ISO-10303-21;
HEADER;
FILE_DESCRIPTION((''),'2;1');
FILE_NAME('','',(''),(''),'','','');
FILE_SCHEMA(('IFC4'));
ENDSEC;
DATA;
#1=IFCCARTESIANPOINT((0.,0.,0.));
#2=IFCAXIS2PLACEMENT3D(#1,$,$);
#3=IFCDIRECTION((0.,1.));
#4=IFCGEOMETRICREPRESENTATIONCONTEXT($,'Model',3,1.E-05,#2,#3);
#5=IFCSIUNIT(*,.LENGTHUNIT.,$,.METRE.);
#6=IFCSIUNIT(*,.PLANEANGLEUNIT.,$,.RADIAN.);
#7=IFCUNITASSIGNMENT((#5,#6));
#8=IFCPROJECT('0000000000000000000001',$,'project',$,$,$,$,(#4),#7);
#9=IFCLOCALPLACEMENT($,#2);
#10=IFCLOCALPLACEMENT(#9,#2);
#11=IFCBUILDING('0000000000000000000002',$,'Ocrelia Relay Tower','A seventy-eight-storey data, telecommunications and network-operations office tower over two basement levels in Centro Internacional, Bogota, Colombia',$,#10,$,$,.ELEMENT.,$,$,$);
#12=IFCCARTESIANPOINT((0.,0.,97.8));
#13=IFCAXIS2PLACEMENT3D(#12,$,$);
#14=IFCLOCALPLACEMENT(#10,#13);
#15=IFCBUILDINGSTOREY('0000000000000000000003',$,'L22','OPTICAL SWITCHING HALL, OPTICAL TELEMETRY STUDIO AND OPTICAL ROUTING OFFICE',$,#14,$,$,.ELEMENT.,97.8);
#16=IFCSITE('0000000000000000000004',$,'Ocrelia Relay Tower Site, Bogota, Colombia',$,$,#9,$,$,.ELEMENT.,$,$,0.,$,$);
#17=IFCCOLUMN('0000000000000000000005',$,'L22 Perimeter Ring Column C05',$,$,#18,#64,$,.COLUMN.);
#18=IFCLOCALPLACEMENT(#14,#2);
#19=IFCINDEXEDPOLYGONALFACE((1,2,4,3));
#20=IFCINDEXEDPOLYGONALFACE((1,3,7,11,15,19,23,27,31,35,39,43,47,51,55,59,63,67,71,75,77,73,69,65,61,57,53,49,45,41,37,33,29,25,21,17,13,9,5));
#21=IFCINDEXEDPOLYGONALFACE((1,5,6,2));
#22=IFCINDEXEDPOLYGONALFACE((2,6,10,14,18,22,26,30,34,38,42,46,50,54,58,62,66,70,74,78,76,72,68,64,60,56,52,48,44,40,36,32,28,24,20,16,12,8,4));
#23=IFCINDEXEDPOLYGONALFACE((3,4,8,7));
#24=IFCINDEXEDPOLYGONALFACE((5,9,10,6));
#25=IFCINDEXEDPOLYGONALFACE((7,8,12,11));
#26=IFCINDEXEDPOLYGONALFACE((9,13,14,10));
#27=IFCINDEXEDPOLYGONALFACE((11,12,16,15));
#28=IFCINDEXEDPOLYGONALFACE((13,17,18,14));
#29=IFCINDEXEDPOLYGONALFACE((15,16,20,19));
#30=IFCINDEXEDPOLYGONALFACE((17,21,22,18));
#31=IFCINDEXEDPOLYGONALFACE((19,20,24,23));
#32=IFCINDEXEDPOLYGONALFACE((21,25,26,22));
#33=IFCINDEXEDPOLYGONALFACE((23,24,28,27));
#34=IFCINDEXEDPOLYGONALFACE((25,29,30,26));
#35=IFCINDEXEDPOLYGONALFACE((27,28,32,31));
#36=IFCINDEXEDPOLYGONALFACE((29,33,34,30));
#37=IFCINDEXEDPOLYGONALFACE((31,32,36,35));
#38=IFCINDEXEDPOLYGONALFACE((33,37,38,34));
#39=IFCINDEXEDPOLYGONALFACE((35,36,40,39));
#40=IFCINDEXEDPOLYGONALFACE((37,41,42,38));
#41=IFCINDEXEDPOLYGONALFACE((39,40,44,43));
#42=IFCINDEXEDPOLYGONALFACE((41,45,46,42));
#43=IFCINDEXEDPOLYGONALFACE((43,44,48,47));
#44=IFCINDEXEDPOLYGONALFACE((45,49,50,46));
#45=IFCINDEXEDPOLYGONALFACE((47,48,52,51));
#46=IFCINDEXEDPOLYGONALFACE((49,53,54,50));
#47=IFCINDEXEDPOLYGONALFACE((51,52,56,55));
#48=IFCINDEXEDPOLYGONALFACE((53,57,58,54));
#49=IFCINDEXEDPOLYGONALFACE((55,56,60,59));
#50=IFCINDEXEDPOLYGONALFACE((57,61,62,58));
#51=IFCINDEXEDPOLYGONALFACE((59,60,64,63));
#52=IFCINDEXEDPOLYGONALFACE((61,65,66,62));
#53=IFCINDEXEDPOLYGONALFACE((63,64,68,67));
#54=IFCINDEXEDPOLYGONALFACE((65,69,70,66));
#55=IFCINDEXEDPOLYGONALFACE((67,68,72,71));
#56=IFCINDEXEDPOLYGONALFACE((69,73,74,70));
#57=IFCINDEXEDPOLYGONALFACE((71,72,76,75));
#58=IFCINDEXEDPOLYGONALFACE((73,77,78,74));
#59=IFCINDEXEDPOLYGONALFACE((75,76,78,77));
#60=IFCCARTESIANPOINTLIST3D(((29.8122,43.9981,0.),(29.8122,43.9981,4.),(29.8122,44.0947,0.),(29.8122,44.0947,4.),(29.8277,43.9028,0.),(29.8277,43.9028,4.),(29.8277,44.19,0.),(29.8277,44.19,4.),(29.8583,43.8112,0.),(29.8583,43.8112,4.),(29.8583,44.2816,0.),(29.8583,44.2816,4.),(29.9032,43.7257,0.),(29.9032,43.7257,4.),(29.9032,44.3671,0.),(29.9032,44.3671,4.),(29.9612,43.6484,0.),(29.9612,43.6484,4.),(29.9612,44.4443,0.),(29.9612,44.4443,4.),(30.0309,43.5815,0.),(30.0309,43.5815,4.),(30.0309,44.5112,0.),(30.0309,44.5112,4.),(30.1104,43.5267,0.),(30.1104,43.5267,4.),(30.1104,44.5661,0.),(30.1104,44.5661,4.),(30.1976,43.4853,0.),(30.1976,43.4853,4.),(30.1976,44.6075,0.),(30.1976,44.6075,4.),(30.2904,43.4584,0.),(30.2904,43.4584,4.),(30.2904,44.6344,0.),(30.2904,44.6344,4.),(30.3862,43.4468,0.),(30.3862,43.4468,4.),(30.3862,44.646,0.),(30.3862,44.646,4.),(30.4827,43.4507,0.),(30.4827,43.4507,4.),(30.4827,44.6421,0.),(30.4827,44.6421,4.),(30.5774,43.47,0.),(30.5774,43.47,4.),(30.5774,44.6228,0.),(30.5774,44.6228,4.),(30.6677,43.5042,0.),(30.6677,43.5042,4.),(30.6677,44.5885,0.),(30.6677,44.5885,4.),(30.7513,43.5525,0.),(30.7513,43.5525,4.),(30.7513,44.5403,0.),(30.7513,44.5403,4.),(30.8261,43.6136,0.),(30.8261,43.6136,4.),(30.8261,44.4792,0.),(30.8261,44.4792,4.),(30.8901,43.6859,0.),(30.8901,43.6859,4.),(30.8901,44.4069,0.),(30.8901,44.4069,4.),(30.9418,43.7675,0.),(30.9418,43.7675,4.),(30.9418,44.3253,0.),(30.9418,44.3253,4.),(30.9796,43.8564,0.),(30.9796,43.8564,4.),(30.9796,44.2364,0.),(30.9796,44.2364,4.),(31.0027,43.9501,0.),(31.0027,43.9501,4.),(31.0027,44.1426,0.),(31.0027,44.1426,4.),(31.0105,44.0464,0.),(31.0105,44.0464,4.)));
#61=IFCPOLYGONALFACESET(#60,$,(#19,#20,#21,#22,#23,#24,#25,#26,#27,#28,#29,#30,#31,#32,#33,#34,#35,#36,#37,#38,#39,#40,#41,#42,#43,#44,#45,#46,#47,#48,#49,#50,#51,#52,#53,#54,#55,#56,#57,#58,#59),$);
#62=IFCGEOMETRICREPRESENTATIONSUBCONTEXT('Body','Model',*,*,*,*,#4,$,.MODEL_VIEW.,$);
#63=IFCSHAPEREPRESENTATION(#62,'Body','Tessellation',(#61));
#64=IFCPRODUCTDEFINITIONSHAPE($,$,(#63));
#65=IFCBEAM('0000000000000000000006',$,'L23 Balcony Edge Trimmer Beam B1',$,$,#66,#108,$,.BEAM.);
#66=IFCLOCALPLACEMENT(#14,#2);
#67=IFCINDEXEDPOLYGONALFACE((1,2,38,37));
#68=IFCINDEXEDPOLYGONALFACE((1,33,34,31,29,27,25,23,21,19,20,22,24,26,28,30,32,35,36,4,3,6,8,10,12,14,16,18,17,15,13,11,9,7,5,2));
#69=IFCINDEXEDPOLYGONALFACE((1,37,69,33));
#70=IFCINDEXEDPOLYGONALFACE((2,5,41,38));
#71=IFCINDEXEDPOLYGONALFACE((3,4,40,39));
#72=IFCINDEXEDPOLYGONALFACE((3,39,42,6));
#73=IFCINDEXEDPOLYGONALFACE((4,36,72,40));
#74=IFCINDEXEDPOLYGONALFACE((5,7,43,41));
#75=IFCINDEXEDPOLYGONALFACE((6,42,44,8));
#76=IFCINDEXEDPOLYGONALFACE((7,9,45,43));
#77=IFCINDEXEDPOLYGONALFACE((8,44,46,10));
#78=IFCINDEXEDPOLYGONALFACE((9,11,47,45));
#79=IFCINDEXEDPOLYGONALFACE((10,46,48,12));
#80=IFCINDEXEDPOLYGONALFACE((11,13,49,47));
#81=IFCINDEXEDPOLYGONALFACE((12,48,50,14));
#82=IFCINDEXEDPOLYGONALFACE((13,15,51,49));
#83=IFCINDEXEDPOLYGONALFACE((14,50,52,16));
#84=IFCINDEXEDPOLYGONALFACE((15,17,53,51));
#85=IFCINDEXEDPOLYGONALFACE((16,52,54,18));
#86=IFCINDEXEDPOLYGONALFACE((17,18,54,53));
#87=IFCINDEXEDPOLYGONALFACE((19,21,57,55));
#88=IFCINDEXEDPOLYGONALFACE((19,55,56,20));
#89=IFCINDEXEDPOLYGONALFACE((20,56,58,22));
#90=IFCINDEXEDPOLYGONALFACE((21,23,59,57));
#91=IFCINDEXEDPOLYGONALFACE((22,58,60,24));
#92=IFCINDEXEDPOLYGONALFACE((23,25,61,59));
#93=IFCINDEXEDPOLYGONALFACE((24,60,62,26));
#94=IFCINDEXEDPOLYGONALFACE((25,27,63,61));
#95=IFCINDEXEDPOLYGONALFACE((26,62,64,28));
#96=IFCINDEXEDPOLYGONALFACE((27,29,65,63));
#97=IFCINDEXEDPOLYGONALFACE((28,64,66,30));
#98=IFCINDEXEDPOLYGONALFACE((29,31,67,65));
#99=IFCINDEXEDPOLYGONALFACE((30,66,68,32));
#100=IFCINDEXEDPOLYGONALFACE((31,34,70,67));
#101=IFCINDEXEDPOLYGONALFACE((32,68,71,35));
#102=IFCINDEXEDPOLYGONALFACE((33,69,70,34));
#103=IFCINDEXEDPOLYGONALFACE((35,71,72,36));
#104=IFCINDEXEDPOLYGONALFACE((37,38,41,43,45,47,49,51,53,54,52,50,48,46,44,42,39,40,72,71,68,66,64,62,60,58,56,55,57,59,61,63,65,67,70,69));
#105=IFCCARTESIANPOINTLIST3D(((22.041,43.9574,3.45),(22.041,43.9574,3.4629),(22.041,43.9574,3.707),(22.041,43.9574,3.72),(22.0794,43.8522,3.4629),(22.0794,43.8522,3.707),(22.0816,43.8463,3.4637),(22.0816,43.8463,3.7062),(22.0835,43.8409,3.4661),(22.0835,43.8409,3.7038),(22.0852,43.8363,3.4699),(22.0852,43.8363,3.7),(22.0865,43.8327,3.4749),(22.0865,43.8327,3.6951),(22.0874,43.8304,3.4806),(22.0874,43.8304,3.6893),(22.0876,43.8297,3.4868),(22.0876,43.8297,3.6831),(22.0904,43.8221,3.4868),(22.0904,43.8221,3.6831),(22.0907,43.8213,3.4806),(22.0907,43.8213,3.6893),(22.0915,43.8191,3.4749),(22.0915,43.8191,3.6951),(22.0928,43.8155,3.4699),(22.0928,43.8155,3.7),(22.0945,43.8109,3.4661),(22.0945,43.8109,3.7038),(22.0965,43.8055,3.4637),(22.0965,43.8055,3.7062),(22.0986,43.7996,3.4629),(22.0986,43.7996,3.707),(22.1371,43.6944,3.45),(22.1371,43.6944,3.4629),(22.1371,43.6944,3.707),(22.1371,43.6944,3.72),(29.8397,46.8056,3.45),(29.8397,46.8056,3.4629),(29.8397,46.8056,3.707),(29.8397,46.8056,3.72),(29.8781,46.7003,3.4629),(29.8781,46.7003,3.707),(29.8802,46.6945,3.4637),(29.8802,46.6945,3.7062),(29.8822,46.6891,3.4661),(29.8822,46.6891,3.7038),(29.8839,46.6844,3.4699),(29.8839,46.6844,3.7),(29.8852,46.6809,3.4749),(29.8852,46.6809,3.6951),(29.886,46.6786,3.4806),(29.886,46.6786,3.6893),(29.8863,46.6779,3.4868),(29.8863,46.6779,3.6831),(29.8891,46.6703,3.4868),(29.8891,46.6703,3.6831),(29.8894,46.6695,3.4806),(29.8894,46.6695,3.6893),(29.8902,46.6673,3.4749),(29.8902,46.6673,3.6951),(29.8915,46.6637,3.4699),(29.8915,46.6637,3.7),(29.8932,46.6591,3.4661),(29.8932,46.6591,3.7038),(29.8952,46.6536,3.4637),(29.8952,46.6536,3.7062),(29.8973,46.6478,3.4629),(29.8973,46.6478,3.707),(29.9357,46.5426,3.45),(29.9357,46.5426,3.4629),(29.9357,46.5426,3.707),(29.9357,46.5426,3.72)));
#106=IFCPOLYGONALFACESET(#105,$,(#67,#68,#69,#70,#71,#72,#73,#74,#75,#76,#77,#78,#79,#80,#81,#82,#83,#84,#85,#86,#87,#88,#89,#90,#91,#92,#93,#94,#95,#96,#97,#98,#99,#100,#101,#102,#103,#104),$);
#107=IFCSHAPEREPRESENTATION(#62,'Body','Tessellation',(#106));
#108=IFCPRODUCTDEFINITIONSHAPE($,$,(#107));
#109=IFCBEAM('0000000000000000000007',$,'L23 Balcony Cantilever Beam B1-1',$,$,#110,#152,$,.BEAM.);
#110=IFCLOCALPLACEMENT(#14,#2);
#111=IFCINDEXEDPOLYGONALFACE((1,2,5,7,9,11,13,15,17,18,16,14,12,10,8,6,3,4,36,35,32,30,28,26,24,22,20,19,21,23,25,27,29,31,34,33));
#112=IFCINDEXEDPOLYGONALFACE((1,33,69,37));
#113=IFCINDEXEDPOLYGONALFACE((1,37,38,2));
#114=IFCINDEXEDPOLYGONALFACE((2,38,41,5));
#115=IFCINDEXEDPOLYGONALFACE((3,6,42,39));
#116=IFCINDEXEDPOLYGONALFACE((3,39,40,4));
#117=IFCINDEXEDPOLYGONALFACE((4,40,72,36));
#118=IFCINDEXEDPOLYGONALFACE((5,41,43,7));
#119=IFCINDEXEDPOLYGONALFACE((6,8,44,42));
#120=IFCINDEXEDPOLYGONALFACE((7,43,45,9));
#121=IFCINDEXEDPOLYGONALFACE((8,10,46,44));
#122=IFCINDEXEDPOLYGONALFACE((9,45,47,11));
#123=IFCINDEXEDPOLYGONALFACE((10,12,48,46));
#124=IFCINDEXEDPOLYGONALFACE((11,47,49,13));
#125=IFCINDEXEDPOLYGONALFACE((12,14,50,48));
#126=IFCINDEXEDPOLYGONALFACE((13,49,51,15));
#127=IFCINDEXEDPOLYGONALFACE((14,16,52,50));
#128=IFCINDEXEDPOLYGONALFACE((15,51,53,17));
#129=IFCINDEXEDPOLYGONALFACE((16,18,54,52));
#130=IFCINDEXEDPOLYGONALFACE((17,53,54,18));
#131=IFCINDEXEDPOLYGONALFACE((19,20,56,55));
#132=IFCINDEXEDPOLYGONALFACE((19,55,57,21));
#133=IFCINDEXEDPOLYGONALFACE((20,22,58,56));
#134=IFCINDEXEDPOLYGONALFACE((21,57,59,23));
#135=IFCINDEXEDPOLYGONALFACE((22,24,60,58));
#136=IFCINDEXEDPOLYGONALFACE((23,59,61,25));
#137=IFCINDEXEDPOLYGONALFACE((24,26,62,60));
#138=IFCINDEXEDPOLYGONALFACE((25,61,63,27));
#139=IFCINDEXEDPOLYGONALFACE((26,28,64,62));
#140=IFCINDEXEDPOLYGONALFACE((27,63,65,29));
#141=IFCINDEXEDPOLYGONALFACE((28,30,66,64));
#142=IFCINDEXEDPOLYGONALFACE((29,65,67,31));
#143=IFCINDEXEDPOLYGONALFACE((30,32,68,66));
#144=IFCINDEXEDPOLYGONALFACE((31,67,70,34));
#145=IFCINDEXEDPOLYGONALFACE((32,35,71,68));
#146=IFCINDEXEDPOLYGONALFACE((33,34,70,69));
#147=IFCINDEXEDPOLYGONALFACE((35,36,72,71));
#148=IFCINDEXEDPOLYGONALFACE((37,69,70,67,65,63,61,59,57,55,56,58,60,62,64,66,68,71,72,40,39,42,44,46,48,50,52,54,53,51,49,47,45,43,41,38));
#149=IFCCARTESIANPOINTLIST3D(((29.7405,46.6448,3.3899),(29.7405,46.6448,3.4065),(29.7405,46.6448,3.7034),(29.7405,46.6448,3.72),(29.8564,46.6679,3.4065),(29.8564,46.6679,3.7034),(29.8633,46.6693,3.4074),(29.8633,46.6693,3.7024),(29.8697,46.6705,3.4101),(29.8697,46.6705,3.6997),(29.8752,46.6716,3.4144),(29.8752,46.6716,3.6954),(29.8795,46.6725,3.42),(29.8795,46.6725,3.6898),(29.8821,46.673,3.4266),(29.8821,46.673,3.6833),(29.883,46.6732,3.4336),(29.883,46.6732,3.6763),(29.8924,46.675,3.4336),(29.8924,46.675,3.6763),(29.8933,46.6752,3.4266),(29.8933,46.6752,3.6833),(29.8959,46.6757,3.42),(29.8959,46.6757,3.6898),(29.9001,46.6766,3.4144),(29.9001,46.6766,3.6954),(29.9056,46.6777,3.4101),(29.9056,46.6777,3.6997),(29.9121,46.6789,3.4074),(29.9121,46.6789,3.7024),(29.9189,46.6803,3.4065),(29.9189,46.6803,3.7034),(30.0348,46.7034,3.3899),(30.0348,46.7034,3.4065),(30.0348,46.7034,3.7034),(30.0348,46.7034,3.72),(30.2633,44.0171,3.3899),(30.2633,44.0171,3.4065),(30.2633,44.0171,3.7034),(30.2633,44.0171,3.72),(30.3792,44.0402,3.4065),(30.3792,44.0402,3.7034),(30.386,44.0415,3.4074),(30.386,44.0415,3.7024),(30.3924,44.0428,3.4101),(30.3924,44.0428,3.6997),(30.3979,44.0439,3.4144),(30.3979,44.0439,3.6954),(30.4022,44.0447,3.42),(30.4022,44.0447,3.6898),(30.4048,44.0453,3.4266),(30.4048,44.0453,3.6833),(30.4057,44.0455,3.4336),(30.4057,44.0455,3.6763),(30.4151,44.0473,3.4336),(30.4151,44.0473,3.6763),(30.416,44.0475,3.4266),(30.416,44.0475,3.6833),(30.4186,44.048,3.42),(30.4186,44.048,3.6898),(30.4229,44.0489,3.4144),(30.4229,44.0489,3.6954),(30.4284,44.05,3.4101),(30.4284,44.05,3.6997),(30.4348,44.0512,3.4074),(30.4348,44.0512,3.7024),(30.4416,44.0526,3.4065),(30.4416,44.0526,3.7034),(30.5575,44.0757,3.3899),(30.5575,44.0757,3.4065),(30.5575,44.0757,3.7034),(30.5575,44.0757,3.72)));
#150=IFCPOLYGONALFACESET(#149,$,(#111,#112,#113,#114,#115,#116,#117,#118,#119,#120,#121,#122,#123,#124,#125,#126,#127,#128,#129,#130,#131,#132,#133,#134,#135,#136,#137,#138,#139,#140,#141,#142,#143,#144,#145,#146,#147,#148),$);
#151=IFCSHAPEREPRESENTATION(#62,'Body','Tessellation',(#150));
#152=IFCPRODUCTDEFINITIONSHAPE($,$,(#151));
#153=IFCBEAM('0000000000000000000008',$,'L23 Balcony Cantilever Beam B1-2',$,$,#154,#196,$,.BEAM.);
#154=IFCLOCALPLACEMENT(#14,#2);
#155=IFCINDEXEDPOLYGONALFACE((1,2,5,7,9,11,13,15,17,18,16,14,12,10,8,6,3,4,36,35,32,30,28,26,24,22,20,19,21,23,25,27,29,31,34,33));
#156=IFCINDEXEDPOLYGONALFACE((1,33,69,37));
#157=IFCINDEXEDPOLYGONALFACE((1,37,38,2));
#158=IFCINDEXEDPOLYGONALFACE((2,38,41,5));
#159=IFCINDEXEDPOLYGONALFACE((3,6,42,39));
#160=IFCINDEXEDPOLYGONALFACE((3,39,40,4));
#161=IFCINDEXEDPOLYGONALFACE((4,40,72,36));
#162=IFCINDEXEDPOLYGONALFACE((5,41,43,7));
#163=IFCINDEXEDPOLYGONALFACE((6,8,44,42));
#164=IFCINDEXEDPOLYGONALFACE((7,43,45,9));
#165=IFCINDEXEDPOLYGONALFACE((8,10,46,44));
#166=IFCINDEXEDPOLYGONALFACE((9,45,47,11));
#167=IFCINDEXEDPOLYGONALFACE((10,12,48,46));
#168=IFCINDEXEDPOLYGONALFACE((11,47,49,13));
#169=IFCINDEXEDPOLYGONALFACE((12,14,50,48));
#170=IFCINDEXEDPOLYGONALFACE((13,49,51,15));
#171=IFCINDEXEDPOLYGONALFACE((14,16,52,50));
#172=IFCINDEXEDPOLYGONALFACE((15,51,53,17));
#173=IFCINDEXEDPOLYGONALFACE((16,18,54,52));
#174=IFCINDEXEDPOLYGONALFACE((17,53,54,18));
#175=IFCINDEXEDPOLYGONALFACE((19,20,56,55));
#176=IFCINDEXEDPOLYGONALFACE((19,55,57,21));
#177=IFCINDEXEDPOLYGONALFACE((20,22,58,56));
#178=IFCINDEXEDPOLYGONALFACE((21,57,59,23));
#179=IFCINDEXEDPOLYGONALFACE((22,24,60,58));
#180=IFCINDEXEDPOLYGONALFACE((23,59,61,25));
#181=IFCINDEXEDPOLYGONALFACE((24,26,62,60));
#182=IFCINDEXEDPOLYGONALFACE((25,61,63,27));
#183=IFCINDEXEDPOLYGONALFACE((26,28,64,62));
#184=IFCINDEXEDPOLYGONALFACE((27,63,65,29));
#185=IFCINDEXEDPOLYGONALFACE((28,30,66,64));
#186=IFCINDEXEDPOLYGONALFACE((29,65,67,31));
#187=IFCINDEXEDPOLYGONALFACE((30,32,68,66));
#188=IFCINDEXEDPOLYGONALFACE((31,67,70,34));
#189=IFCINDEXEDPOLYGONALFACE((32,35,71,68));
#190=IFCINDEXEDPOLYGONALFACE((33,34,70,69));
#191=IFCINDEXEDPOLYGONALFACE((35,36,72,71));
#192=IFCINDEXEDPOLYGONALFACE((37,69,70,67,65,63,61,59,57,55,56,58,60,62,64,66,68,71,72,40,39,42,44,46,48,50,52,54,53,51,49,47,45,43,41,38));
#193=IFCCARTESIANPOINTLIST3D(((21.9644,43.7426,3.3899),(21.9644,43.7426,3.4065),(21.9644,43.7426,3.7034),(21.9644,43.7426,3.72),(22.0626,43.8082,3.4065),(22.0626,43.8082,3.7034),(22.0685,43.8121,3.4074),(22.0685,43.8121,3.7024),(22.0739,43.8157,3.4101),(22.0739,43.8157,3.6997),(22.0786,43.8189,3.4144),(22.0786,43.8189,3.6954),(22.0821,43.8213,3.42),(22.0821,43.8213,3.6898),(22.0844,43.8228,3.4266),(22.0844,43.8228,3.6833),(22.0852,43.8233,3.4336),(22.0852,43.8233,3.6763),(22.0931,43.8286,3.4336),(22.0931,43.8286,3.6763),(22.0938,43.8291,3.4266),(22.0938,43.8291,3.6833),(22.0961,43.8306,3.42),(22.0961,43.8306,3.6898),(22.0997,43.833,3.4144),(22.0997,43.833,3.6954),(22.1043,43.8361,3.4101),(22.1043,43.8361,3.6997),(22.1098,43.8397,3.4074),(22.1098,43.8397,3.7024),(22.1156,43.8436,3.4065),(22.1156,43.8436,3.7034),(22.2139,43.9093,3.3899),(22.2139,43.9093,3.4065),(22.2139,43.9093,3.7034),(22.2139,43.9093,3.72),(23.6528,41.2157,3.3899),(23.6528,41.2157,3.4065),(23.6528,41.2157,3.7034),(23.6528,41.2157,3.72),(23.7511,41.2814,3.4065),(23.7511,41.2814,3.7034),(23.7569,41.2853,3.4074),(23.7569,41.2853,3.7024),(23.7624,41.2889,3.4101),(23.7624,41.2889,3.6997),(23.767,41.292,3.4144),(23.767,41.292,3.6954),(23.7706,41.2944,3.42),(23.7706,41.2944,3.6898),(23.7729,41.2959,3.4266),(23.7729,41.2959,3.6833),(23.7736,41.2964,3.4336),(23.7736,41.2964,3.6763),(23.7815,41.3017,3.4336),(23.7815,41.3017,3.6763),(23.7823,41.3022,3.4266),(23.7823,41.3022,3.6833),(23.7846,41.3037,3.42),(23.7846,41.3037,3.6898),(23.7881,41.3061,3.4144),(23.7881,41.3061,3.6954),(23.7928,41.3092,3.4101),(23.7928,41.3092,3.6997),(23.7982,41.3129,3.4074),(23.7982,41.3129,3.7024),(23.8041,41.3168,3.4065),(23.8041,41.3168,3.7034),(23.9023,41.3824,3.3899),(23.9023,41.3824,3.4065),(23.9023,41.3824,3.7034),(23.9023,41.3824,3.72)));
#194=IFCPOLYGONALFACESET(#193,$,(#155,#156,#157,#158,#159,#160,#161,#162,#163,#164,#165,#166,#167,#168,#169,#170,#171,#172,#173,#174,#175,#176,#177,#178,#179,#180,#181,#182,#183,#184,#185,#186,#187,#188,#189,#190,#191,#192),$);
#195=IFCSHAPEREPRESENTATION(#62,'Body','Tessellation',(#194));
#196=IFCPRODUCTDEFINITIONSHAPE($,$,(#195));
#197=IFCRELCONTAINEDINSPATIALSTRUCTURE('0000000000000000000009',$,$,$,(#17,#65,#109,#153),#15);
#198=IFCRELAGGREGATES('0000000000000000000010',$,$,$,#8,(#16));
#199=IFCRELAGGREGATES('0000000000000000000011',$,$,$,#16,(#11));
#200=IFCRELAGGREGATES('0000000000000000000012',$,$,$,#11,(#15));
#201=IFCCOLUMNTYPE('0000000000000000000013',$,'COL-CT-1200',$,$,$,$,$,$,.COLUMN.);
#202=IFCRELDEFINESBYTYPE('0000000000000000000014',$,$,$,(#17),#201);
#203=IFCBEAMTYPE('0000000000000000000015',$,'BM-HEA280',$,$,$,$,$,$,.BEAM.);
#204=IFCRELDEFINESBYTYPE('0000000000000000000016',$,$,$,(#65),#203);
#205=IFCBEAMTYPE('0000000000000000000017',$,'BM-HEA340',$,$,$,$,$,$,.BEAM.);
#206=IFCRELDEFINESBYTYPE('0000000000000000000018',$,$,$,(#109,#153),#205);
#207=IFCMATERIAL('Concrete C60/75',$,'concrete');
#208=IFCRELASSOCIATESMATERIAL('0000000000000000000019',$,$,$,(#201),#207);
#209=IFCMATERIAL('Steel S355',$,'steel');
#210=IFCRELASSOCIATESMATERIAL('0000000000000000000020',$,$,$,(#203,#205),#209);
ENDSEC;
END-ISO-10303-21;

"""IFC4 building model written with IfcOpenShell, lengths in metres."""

from ifc_helpers import new_model, si_unit, direction, frame, origin, origin_2d, place, context, subcontext, project, spatial, circle, i_section, extrude, material, material_profile, profile_set, type_object, element, save


model = new_model("IFC4")

# Units and contexts
model_context = context("Model", 3, precision=1e-05, world=origin(), true_north=direction((0.0, 1.0)))
body_context = subcontext(model_context, "Body", "Model", "MODEL_VIEW")
ifc_project = project(units=[si_unit("LENGTHUNIT", "METRE"), si_unit("PLANEANGLEUNIT", "RADIAN")], contexts=[model_context])

# Site, building, storey
site_placement = place(None, origin())
site = spatial("IfcSite", under=ifc_project, at=site_placement, Name="Ocrelia Relay Tower Site, Bogota, Colombia", CompositionType="ELEMENT", RefElevation=0.0)
building_placement = place(site_placement, origin())
building = spatial("IfcBuilding", under=site, at=building_placement, Name="Ocrelia Relay Tower", Description="A seventy-eight-storey data, telecommunications and network-operations office tower over two basement levels in Centro Internacional, Bogota, Colombia", CompositionType="ELEMENT")
storey_placement = place(building_placement, frame((0.0, 0.0, 97.8)))
storey = spatial("IfcBuildingStorey", under=building, at=storey_placement, Name="L22", Description="OPTICAL SWITCHING HALL, OPTICAL TELEMETRY STUDIO AND OPTICAL ROUTING OFFICE", CompositionType="ELEMENT", Elevation=97.8)

# Column
ifc_material_1 = material(Name="Concrete C60/75", Category="concrete")
ifc_material_profile_1 = material_profile(ifc_material_1, circle(Radius=0.6001, at=origin_2d()), Name="RC-CIR-1200")
ifc_profile_set_1 = profile_set([ifc_material_profile_1], Name="Concrete C60/75")
column_type = type_object("IfcColumnType", Name="COL-CT-1200", PredefinedType="COLUMN", material=ifc_profile_set_1)
column_placement = place(storey_placement, frame((30.4104, 44.0464, 0.0), z_axis=(0.0, 0.0, 1.0), x_axis=(1.0, 0.0, 0.0)))
element("IfcColumn", 1, at=column_placement, inside=storey, type_object=column_type, Name="L22 Perimeter Ring Column C05", PredefinedType="COLUMN", context=body_context, shape_type="SweptSolid", body=[
    extrude(circle(Radius=0.6001, at=origin_2d()), origin(), (0.0, 0.0, 1.0), 4.0),
])

# Beams
ifc_material_2 = material(Name="Steel S355", Category="steel")
ifc_material_profile_2 = material_profile(ifc_material_2, i_section(OverallWidth=0.28, OverallDepth=0.27, WebThickness=0.0081, FlangeThickness=0.0129, FilletRadius=0.0239, at=origin_2d()), Name="HEA 280")
ifc_profile_set_2 = profile_set([ifc_material_profile_2], Name="Steel S355")
beam_type_1 = type_object("IfcBeamType", Name="BM-HEA280", PredefinedType="BEAM", material=ifc_profile_set_2)
beam_1_placement = place(storey_placement, frame((29.8877, 46.6741, 3.585), z_axis=(-0.939317, -0.343051, 0.0), x_axis=(0.343051, -0.939317, 0.0)))
element("IfcBeam", 2, at=beam_1_placement, inside=storey, type_object=beam_type_1, Name="L23 Balcony Edge Trimmer Beam B1", PredefinedType="BEAM", context=body_context, shape_type="SweptSolid", body=[
    extrude(i_section(OverallWidth=0.28, OverallDepth=0.27, WebThickness=0.0081, FlangeThickness=0.0129, FilletRadius=0.0239, at=origin_2d()), origin(), (0.0, 0.0, 1.0), 8.3025),
])
ifc_material_profile_3 = material_profile(ifc_material_2, i_section(OverallWidth=0.3, OverallDepth=0.3301, WebThickness=0.0095, FlangeThickness=0.0166, FilletRadius=0.0271, at=origin_2d()), Name="HEA 340")
ifc_profile_set_3 = profile_set([ifc_material_profile_3], Name="Steel S355")
beam_type_2 = type_object("IfcBeamType", Name="BM-HEA340", PredefinedType="BEAM", material=ifc_profile_set_3)
beam_2_placement = place(storey_placement, frame((30.4104, 44.0464, 3.5549), z_axis=(-0.1951, 0.980783, 0.0), x_axis=(-0.980783, -0.1951, 0.0)))
element("IfcBeam", 3, at=beam_2_placement, inside=storey, type_object=beam_type_2, Name="L23 Balcony Cantilever Beam B1-1", PredefinedType="BEAM", context=body_context, shape_type="SweptSolid", body=[
    extrude(i_section(OverallWidth=0.3, OverallDepth=0.3301, WebThickness=0.0095, FlangeThickness=0.0166, FilletRadius=0.0271, at=origin_2d()), origin(), (0.0, 0.0, 1.0), 2.6792),
])
beam_3_placement = place(storey_placement, frame((23.7776, 41.2991, 3.5549), z_axis=(-0.55559, 0.831457, 0.0), x_axis=(-0.831457, -0.55559, 0.0)))
element("IfcBeam", 4, at=beam_3_placement, inside=storey, type_object=beam_type_2, Name="L23 Balcony Cantilever Beam B1-2", PredefinedType="BEAM", context=body_context, shape_type="SweptSolid", body=[
    extrude(i_section(OverallWidth=0.3, OverallDepth=0.3301, WebThickness=0.0095, FlangeThickness=0.0166, FilletRadius=0.0271, at=origin_2d()), origin(), (0.0, 0.0, 1.0), 3.0391),
])

save(model, "model.ifc")
